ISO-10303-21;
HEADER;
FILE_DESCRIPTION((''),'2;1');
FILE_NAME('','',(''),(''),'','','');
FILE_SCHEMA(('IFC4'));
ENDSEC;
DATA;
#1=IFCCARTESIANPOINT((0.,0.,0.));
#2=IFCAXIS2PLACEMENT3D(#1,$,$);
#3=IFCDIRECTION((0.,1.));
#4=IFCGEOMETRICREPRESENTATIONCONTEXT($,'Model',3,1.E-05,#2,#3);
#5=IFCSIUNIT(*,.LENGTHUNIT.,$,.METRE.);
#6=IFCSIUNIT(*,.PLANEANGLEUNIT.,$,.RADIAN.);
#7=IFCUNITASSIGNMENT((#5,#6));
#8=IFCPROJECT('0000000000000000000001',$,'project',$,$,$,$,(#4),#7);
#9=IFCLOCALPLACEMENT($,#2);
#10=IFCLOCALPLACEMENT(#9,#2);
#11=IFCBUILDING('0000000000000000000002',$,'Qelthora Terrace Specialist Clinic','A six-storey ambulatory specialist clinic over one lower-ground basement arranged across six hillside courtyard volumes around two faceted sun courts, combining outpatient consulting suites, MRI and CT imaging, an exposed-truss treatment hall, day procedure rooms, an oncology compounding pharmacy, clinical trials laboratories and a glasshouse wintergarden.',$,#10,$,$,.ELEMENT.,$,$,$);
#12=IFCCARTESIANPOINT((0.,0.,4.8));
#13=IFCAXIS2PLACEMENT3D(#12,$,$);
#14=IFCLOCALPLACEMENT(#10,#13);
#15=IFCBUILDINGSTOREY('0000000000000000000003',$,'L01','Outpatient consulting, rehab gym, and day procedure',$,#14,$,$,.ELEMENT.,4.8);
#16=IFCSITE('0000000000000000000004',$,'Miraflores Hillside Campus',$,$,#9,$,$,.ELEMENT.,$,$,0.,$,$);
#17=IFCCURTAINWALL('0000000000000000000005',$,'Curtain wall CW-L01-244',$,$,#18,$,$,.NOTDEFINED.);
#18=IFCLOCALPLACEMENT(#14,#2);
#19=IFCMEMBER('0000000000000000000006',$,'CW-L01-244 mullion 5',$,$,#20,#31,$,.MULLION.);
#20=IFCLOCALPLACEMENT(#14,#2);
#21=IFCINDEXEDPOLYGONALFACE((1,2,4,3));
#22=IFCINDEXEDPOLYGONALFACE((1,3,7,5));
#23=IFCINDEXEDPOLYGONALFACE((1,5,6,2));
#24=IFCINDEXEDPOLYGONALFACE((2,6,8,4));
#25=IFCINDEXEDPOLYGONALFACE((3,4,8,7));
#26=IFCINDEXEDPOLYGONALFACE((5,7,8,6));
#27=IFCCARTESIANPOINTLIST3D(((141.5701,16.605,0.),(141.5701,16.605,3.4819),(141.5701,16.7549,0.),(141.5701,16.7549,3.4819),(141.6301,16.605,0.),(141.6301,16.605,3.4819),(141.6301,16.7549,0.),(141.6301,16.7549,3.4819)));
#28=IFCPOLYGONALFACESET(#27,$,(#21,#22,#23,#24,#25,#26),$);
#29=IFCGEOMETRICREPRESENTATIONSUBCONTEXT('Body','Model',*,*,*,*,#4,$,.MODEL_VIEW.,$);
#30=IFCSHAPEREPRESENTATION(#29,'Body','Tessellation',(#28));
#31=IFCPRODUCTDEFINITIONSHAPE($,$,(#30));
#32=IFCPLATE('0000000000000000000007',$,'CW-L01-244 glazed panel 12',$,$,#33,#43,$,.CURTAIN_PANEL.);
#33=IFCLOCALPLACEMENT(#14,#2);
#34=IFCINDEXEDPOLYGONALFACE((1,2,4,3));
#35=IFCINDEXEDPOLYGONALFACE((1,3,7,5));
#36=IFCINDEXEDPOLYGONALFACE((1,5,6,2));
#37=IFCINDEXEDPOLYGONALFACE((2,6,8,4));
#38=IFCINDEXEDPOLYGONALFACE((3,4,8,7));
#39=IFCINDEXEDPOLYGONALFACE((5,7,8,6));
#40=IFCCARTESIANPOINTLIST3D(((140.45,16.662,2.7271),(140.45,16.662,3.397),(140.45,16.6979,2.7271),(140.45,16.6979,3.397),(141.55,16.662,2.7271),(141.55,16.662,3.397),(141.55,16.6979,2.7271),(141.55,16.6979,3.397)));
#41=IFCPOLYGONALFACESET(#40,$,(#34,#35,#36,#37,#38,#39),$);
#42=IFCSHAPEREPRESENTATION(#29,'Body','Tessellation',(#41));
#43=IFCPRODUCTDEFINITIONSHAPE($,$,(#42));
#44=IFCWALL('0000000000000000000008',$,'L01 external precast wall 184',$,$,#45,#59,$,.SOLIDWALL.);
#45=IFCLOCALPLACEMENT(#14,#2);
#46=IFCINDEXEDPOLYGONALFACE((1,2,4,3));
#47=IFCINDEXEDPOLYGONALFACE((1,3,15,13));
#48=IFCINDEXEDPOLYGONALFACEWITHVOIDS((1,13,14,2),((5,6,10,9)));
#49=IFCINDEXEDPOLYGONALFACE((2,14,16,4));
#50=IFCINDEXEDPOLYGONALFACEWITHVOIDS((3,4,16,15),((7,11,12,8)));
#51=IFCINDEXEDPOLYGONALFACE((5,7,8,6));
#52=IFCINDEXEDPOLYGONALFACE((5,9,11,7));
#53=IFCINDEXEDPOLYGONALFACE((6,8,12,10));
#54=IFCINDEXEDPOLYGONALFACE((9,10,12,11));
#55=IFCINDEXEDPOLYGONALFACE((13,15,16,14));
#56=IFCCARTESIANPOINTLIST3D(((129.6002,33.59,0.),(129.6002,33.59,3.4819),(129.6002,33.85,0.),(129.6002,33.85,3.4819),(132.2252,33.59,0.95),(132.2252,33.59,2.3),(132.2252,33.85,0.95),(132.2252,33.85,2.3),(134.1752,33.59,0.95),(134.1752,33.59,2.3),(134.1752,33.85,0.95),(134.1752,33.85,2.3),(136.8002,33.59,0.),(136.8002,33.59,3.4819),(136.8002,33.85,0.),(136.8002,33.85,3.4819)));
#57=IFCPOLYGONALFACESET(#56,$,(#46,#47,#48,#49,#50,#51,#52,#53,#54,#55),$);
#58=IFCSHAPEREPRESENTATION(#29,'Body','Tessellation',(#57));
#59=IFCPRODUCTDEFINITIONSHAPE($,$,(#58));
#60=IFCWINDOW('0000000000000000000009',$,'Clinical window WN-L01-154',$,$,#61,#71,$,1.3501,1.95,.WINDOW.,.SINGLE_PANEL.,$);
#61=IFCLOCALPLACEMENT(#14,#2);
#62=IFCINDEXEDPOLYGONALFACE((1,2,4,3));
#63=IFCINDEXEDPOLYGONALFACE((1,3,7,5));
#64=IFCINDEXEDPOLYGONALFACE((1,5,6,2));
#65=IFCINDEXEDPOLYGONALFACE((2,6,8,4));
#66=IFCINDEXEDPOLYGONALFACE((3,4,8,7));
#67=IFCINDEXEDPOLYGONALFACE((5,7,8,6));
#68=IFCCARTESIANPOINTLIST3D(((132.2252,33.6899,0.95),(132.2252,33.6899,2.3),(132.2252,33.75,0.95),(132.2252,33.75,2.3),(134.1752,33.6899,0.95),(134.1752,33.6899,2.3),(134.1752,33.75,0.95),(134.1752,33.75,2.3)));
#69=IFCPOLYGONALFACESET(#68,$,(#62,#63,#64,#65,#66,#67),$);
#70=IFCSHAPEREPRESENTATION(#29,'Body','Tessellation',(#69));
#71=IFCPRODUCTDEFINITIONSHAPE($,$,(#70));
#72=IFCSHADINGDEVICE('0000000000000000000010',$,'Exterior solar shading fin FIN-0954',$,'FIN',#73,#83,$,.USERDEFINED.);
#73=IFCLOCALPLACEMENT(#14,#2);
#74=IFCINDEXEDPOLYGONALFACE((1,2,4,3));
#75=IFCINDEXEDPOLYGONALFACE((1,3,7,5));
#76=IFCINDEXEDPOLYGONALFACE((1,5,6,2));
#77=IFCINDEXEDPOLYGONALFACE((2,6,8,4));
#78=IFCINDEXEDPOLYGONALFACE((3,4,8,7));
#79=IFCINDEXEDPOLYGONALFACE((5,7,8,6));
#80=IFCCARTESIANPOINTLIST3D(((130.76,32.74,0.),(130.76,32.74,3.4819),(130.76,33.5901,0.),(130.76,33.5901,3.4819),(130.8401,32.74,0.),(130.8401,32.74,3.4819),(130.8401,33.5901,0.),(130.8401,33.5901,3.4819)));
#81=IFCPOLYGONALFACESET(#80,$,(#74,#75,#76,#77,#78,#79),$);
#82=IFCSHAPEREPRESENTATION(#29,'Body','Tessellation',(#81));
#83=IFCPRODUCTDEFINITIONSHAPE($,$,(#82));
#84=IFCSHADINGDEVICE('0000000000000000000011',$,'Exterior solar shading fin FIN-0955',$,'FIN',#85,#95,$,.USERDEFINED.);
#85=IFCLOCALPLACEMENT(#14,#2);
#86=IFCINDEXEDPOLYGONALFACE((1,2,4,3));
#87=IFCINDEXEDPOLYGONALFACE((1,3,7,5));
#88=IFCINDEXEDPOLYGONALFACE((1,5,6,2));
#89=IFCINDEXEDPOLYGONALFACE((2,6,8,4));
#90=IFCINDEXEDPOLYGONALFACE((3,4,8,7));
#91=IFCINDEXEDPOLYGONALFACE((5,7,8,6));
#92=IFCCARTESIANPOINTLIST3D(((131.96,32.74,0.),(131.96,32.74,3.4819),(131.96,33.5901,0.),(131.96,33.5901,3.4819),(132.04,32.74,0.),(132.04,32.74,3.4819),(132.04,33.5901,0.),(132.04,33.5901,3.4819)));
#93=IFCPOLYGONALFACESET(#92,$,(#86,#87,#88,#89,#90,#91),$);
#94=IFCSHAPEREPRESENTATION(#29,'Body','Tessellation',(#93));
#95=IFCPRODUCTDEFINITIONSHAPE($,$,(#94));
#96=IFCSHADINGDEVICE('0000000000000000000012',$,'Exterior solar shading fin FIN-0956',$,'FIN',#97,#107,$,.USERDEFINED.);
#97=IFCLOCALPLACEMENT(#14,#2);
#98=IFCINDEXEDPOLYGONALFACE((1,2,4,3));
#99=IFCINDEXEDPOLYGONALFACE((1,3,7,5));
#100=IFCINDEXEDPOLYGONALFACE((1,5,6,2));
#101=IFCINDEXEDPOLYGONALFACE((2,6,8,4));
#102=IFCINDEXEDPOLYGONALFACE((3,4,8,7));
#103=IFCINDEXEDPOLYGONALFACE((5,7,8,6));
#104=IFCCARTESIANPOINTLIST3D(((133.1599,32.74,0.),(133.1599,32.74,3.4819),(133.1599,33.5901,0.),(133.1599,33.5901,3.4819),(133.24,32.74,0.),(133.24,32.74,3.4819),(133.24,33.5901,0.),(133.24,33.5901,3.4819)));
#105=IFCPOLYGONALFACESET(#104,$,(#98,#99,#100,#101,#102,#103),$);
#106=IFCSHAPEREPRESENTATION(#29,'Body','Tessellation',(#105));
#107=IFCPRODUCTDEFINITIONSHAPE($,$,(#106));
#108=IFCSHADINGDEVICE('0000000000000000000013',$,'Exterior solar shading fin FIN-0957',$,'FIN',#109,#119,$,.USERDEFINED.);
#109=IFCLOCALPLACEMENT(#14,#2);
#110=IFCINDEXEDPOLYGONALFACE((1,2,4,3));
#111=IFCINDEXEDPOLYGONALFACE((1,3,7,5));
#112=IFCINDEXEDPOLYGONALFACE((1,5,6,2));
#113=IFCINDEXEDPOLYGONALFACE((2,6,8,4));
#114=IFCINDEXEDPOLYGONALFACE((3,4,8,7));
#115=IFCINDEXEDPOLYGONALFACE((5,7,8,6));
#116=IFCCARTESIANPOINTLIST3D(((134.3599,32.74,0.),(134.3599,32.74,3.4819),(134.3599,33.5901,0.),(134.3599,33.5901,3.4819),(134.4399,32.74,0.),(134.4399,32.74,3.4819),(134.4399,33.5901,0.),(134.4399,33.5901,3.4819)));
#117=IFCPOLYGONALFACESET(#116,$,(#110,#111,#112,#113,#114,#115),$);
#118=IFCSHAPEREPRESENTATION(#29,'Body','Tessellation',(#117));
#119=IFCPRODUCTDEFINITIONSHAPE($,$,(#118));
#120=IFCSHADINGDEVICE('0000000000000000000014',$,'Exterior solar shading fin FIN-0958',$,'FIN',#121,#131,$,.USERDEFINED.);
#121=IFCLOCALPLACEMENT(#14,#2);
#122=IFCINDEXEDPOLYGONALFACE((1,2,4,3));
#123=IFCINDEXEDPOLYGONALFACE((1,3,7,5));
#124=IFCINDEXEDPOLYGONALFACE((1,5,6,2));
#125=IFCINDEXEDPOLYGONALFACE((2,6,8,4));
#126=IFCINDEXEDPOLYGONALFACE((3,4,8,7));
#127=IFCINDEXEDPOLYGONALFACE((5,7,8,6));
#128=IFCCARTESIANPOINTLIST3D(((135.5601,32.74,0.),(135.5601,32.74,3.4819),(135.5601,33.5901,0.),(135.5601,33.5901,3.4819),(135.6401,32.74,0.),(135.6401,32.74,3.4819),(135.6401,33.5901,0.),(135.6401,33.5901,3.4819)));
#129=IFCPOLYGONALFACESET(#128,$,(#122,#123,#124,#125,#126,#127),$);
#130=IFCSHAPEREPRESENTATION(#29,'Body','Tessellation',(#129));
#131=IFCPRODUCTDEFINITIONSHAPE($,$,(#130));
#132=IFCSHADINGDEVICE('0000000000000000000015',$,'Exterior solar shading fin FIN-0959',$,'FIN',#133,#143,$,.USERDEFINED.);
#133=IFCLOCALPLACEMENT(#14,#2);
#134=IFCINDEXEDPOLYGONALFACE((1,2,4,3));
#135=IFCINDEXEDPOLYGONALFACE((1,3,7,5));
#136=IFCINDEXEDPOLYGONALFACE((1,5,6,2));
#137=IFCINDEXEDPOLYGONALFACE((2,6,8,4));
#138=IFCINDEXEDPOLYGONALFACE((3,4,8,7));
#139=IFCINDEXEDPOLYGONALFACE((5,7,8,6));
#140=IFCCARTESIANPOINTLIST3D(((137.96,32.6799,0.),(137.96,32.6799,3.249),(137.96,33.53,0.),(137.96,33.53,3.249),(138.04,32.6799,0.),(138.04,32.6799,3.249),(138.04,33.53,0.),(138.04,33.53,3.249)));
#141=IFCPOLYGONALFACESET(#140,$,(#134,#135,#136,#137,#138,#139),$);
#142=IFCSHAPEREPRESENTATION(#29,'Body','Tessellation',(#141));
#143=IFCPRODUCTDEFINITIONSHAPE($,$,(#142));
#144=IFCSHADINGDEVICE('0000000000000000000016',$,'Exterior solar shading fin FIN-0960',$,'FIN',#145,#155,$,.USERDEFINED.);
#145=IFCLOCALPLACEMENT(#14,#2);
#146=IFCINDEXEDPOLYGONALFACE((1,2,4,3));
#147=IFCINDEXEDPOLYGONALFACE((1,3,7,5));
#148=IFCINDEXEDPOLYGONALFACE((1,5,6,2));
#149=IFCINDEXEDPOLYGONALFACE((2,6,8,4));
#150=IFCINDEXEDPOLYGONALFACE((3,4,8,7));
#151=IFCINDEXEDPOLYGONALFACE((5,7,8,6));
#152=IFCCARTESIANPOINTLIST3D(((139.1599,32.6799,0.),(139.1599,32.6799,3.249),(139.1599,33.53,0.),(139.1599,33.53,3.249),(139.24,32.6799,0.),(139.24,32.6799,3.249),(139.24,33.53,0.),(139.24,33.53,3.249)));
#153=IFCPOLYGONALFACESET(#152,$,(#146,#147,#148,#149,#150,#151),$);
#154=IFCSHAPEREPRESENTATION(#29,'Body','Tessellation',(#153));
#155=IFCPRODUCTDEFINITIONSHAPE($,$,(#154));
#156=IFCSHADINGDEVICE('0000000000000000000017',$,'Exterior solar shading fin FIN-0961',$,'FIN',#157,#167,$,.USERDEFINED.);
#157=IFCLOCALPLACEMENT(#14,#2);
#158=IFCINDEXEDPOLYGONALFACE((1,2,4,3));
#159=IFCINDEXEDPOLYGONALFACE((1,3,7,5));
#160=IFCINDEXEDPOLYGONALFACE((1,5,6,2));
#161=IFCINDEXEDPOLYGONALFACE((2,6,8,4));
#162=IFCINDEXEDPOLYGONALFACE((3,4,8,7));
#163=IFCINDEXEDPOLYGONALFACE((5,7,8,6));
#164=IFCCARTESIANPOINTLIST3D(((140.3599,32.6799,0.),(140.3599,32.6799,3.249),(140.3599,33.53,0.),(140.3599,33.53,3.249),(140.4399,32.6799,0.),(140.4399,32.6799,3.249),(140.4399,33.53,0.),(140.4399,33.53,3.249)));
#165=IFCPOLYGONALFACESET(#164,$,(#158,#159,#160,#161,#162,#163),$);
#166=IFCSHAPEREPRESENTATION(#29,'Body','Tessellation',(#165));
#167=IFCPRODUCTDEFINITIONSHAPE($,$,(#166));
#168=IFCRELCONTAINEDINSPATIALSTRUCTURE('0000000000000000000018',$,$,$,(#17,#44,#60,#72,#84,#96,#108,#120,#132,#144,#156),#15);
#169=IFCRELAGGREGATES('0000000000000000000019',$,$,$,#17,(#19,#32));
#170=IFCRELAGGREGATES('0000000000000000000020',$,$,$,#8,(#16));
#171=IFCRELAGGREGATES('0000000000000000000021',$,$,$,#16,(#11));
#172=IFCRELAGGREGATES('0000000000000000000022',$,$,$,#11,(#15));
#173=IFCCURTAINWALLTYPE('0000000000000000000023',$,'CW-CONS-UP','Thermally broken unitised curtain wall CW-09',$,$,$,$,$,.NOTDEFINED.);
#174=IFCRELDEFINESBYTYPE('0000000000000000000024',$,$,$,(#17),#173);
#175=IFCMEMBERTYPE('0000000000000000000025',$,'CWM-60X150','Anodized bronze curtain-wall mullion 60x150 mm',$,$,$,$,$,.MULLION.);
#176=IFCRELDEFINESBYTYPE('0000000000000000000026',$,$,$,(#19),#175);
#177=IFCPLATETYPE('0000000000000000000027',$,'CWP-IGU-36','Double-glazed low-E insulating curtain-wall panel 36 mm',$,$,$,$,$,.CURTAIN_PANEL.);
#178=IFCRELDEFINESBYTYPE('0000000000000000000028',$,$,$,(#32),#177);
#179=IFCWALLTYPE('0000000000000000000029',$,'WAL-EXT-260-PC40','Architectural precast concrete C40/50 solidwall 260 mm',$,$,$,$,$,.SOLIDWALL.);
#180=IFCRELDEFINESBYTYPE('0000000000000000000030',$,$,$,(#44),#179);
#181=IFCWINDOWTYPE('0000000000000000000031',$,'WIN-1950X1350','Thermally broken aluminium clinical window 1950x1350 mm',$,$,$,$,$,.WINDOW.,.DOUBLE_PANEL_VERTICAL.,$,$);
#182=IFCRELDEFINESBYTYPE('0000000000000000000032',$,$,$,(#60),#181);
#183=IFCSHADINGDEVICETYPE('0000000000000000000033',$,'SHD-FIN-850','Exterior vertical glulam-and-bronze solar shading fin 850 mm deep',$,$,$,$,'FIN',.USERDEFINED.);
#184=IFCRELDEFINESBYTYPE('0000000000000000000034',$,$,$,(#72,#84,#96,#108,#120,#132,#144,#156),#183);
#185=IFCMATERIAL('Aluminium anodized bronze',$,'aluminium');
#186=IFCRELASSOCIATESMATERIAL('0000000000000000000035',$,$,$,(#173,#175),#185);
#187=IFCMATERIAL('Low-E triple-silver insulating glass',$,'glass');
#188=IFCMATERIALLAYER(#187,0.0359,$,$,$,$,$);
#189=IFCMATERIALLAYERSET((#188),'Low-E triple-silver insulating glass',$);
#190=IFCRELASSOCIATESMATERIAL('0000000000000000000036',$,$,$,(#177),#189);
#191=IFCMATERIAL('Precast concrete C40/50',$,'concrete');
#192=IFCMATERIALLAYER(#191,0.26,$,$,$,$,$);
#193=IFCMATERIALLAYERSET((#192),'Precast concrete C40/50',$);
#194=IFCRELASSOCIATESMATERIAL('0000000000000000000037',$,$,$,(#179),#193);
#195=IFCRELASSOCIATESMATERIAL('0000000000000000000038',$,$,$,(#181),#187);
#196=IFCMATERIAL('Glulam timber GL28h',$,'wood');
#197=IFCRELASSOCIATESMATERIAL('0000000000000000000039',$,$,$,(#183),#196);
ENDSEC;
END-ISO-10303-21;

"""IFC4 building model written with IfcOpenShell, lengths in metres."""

from ifc_helpers import new_model, si_unit, direction, frame, frame_2d, origin, origin_2d, place, context, subcontext, project, spatial, rectangle, extrude, material, layer, layer_set, material_profile, profile_set, type_object, element, fill, aggregate, save


model = new_model("IFC4")

# Units and contexts
model_context = context("Model", 3, precision=1e-05, world=origin(), true_north=direction((0.0, 1.0)))
body_context = subcontext(model_context, "Body", "Model", "MODEL_VIEW")
ifc_project = project(units=[si_unit("LENGTHUNIT", "METRE"), si_unit("PLANEANGLEUNIT", "RADIAN")], contexts=[model_context])

# Site, building, storey
site_placement = place(None, origin())
site = spatial("IfcSite", under=ifc_project, at=site_placement, Name="Miraflores Hillside Campus", CompositionType="ELEMENT", RefElevation=0.0)
building_placement = place(site_placement, origin())
building = spatial("IfcBuilding", under=site, at=building_placement, Name="Qelthora Terrace Specialist Clinic", Description="A six-storey ambulatory specialist clinic over one lower-ground basement arranged across six hillside courtyard volumes around two faceted sun courts, combining outpatient consulting suites, MRI and CT imaging, an exposed-truss treatment hall, day procedure rooms, an oncology compounding pharmacy, clinical trials laboratories and a glasshouse wintergarden.", CompositionType="ELEMENT")
storey_placement = place(building_placement, frame((0.0, 0.0, 4.8)))
storey = spatial("IfcBuildingStorey", under=building, at=storey_placement, Name="L01", Description="Outpatient consulting, rehab gym, and day procedure", CompositionType="ELEMENT", Elevation=4.8)

# Curtain wall, member, plate
ifc_material_1 = material(Name="Aluminium anodized bronze", Category="aluminium")
curtain_wall_type = type_object("IfcCurtainWallType", Name="CW-CONS-UP", Description="Thermally broken unitised curtain wall CW-09", PredefinedType="NOTDEFINED", material=ifc_material_1)
curtain_wall_placement = place(storey_placement, origin())
curtain_wall = element("IfcCurtainWall", 1, at=curtain_wall_placement, inside=storey, type_object=curtain_wall_type, Name="Curtain wall CW-L01-244", PredefinedType="NOTDEFINED")
ifc_material_profile_1 = material_profile(ifc_material_1, rectangle(XDim=0.0601, YDim=0.1499, at=origin_2d()), Name="CWM60X150")
ifc_profile_set_1 = profile_set([ifc_material_profile_1], Name="Aluminium anodized bronze")
member_type = type_object("IfcMemberType", Name="CWM-60X150", Description="Anodized bronze curtain-wall mullion 60x150 mm", PredefinedType="MULLION", material=ifc_profile_set_1)
member_placement = place(storey_placement, frame((141.6001, 16.6799, 0.0), z_axis=(0.0, 0.0, 1.0), x_axis=(1.0, 0.0, 0.0)))
member = element("IfcMember", 2, at=member_placement, type_object=member_type, Name="CW-L01-244 mullion 5", PredefinedType="MULLION", context=body_context, shape_type="SweptSolid", body=[
    extrude(rectangle(XDim=0.0601, YDim=0.1499, at=origin_2d()), origin(), (0.0, 0.0, 1.0), 3.4819),
])
ifc_material_2 = material(Name="Low-E triple-silver insulating glass", Category="glass")
ifc_layer_1 = layer(ifc_material_2, 0.0359)
ifc_layer_set_1 = layer_set([ifc_layer_1], Name="Low-E triple-silver insulating glass")
plate_type = type_object("IfcPlateType", Name="CWP-IGU-36", Description="Double-glazed low-E insulating curtain-wall panel 36 mm", PredefinedType="CURTAIN_PANEL", material=ifc_layer_set_1)
plate_placement = place(storey_placement, frame((141.0, 16.6799, 2.7271), z_axis=(0.0, 0.0, 1.0), x_axis=(1.0, 0.0, 0.0)))
plate = element("IfcPlate", 3, at=plate_placement, type_object=plate_type, Name="CW-L01-244 glazed panel 12", PredefinedType="CURTAIN_PANEL", context=body_context, shape_type="SweptSolid", body=[
    extrude(rectangle(XDim=1.1001, YDim=0.0359, at=origin_2d()), origin(), (0.0, 0.0, 1.0), 0.6699),
])
aggregate(curtain_wall, [member, plate])

# Wall, opening, window
ifc_material_3 = material(Name="Precast concrete C40/50", Category="concrete")
ifc_layer_2 = layer(ifc_material_3, 0.26)
ifc_layer_set_2 = layer_set([ifc_layer_2], Name="Precast concrete C40/50")
wall_type = type_object("IfcWallType", Name="WAL-EXT-260-PC40", Description="Architectural precast concrete C40/50 solidwall 260 mm", PredefinedType="SOLIDWALL", material=ifc_layer_set_2)
wall_placement = place(storey_placement, frame((129.6001, 33.72, 0.0), z_axis=(0.0, 0.0, 1.0), x_axis=(1.0, 0.0, 0.0)))
wall = element("IfcWall", 4, at=wall_placement, inside=storey, type_object=wall_type, Name="L01 external precast wall 184", PredefinedType="SOLIDWALL", context=body_context, shape_type="SweptSolid", body=[
    extrude(rectangle(XDim=7.2, YDim=0.26, at=frame_2d((3.6001, 0.0))), origin(), (0.0, 0.0, 1.0), 3.4819),
])
opening_placement = place(wall_placement, frame((2.625, 0.0, 0.95)))
opening = element("IfcOpeningElement", 5, at=opening_placement, cuts=wall, PredefinedType="OPENING", context=body_context, shape_type="SweptSolid", body=[
    extrude(rectangle(XDim=1.95, YDim=1.3501, at=frame_2d((0.9751, 0.675))), frame((0.0, 0.1399, 0.0), z_axis=(0.0, -1.0, 0.0), x_axis=(1.0, 0.0, 0.0)), (0.0, 0.0, 1.0), 0.28),
])
window_type = type_object("IfcWindowType", Name="WIN-1950X1350", Description="Thermally broken aluminium clinical window 1950x1350 mm", PartitioningType="DOUBLE_PANEL_VERTICAL", PredefinedType="WINDOW", material=ifc_material_2)
window_placement = place(opening_placement, origin())
window = element("IfcWindow", 6, at=window_placement, inside=storey, type_object=window_type, Name="Clinical window WN-L01-154", OverallHeight=1.3501, OverallWidth=1.95, PartitioningType="SINGLE_PANEL", PredefinedType="WINDOW", context=body_context, shape_type="SweptSolid", body=[
    extrude(rectangle(XDim=1.95, YDim=1.3501, at=frame_2d((0.9751, 0.675))), frame((0.0, 0.03, 0.0), z_axis=(0.0, -1.0, 0.0), x_axis=(1.0, 0.0, 0.0)), (0.0, 0.0, 1.0), 0.0601),
])
fill(opening, window)

# Shading devices
ifc_material_4 = material(Name="Glulam timber GL28h", Category="wood")
shading_device_type = type_object("IfcShadingDeviceType", Name="SHD-FIN-850", Description="Exterior vertical glulam-and-bronze solar shading fin 850 mm deep", ElementType="FIN", PredefinedType="USERDEFINED", material=ifc_material_4)
for number, where, z_axis, x_axis, name in (
    (7, (130.8, 33.165, 0.0), (0.0, 0.0, 1.0), (0.0, -1.0, 0.0), "Exterior solar shading fin FIN-0954"),
    (8, (132.0, 33.165, 0.0), (0.0, 0.0, 1.0), (0.0, -1.0, 0.0), "Exterior solar shading fin FIN-0955"),
    (9, (133.2, 33.165, 0.0), (0.0, 0.0, 1.0), (0.0, -1.0, 0.0), "Exterior solar shading fin FIN-0956"),
    (10, (134.3999, 33.165, 0.0), (0.0, 0.0, 1.0), (0.0, -1.0, 0.0), "Exterior solar shading fin FIN-0957"),
    (11, (135.6001, 33.165, 0.0), (0.0, 0.0, 1.0), (0.0, -1.0, 0.0), "Exterior solar shading fin FIN-0958"),
):
    element("IfcShadingDevice", number, at=place(storey_placement, frame(where, z_axis=z_axis, x_axis=x_axis)), inside=storey, type_object=shading_device_type, Name=name, ObjectType="FIN", PredefinedType="USERDEFINED", context=body_context, shape_type="SweptSolid", body=[
        extrude(rectangle(XDim=0.8501, YDim=0.0801, at=origin_2d()), origin(), (0.0, 0.0, 1.0), 3.4819),
    ])
for number, where, z_axis, x_axis, name in (
    (12, (138.0, 33.105, 0.0), (0.0, 0.0, 1.0), (0.0, -1.0, 0.0), "Exterior solar shading fin FIN-0959"),
    (13, (139.2, 33.105, 0.0), (0.0, 0.0, 1.0), (0.0, -1.0, 0.0), "Exterior solar shading fin FIN-0960"),
    (14, (140.3999, 33.105, 0.0), (0.0, 0.0, 1.0), (0.0, -1.0, 0.0), "Exterior solar shading fin FIN-0961"),
):
    element("IfcShadingDevice", number, at=place(storey_placement, frame(where, z_axis=z_axis, x_axis=x_axis)), inside=storey, type_object=shading_device_type, Name=name, ObjectType="FIN", PredefinedType="USERDEFINED", context=body_context, shape_type="SweptSolid", body=[
        extrude(rectangle(XDim=0.8501, YDim=0.0801, at=origin_2d()), origin(), (0.0, 0.0, 1.0), 3.249),
    ])

save(model, "model.ifc")
